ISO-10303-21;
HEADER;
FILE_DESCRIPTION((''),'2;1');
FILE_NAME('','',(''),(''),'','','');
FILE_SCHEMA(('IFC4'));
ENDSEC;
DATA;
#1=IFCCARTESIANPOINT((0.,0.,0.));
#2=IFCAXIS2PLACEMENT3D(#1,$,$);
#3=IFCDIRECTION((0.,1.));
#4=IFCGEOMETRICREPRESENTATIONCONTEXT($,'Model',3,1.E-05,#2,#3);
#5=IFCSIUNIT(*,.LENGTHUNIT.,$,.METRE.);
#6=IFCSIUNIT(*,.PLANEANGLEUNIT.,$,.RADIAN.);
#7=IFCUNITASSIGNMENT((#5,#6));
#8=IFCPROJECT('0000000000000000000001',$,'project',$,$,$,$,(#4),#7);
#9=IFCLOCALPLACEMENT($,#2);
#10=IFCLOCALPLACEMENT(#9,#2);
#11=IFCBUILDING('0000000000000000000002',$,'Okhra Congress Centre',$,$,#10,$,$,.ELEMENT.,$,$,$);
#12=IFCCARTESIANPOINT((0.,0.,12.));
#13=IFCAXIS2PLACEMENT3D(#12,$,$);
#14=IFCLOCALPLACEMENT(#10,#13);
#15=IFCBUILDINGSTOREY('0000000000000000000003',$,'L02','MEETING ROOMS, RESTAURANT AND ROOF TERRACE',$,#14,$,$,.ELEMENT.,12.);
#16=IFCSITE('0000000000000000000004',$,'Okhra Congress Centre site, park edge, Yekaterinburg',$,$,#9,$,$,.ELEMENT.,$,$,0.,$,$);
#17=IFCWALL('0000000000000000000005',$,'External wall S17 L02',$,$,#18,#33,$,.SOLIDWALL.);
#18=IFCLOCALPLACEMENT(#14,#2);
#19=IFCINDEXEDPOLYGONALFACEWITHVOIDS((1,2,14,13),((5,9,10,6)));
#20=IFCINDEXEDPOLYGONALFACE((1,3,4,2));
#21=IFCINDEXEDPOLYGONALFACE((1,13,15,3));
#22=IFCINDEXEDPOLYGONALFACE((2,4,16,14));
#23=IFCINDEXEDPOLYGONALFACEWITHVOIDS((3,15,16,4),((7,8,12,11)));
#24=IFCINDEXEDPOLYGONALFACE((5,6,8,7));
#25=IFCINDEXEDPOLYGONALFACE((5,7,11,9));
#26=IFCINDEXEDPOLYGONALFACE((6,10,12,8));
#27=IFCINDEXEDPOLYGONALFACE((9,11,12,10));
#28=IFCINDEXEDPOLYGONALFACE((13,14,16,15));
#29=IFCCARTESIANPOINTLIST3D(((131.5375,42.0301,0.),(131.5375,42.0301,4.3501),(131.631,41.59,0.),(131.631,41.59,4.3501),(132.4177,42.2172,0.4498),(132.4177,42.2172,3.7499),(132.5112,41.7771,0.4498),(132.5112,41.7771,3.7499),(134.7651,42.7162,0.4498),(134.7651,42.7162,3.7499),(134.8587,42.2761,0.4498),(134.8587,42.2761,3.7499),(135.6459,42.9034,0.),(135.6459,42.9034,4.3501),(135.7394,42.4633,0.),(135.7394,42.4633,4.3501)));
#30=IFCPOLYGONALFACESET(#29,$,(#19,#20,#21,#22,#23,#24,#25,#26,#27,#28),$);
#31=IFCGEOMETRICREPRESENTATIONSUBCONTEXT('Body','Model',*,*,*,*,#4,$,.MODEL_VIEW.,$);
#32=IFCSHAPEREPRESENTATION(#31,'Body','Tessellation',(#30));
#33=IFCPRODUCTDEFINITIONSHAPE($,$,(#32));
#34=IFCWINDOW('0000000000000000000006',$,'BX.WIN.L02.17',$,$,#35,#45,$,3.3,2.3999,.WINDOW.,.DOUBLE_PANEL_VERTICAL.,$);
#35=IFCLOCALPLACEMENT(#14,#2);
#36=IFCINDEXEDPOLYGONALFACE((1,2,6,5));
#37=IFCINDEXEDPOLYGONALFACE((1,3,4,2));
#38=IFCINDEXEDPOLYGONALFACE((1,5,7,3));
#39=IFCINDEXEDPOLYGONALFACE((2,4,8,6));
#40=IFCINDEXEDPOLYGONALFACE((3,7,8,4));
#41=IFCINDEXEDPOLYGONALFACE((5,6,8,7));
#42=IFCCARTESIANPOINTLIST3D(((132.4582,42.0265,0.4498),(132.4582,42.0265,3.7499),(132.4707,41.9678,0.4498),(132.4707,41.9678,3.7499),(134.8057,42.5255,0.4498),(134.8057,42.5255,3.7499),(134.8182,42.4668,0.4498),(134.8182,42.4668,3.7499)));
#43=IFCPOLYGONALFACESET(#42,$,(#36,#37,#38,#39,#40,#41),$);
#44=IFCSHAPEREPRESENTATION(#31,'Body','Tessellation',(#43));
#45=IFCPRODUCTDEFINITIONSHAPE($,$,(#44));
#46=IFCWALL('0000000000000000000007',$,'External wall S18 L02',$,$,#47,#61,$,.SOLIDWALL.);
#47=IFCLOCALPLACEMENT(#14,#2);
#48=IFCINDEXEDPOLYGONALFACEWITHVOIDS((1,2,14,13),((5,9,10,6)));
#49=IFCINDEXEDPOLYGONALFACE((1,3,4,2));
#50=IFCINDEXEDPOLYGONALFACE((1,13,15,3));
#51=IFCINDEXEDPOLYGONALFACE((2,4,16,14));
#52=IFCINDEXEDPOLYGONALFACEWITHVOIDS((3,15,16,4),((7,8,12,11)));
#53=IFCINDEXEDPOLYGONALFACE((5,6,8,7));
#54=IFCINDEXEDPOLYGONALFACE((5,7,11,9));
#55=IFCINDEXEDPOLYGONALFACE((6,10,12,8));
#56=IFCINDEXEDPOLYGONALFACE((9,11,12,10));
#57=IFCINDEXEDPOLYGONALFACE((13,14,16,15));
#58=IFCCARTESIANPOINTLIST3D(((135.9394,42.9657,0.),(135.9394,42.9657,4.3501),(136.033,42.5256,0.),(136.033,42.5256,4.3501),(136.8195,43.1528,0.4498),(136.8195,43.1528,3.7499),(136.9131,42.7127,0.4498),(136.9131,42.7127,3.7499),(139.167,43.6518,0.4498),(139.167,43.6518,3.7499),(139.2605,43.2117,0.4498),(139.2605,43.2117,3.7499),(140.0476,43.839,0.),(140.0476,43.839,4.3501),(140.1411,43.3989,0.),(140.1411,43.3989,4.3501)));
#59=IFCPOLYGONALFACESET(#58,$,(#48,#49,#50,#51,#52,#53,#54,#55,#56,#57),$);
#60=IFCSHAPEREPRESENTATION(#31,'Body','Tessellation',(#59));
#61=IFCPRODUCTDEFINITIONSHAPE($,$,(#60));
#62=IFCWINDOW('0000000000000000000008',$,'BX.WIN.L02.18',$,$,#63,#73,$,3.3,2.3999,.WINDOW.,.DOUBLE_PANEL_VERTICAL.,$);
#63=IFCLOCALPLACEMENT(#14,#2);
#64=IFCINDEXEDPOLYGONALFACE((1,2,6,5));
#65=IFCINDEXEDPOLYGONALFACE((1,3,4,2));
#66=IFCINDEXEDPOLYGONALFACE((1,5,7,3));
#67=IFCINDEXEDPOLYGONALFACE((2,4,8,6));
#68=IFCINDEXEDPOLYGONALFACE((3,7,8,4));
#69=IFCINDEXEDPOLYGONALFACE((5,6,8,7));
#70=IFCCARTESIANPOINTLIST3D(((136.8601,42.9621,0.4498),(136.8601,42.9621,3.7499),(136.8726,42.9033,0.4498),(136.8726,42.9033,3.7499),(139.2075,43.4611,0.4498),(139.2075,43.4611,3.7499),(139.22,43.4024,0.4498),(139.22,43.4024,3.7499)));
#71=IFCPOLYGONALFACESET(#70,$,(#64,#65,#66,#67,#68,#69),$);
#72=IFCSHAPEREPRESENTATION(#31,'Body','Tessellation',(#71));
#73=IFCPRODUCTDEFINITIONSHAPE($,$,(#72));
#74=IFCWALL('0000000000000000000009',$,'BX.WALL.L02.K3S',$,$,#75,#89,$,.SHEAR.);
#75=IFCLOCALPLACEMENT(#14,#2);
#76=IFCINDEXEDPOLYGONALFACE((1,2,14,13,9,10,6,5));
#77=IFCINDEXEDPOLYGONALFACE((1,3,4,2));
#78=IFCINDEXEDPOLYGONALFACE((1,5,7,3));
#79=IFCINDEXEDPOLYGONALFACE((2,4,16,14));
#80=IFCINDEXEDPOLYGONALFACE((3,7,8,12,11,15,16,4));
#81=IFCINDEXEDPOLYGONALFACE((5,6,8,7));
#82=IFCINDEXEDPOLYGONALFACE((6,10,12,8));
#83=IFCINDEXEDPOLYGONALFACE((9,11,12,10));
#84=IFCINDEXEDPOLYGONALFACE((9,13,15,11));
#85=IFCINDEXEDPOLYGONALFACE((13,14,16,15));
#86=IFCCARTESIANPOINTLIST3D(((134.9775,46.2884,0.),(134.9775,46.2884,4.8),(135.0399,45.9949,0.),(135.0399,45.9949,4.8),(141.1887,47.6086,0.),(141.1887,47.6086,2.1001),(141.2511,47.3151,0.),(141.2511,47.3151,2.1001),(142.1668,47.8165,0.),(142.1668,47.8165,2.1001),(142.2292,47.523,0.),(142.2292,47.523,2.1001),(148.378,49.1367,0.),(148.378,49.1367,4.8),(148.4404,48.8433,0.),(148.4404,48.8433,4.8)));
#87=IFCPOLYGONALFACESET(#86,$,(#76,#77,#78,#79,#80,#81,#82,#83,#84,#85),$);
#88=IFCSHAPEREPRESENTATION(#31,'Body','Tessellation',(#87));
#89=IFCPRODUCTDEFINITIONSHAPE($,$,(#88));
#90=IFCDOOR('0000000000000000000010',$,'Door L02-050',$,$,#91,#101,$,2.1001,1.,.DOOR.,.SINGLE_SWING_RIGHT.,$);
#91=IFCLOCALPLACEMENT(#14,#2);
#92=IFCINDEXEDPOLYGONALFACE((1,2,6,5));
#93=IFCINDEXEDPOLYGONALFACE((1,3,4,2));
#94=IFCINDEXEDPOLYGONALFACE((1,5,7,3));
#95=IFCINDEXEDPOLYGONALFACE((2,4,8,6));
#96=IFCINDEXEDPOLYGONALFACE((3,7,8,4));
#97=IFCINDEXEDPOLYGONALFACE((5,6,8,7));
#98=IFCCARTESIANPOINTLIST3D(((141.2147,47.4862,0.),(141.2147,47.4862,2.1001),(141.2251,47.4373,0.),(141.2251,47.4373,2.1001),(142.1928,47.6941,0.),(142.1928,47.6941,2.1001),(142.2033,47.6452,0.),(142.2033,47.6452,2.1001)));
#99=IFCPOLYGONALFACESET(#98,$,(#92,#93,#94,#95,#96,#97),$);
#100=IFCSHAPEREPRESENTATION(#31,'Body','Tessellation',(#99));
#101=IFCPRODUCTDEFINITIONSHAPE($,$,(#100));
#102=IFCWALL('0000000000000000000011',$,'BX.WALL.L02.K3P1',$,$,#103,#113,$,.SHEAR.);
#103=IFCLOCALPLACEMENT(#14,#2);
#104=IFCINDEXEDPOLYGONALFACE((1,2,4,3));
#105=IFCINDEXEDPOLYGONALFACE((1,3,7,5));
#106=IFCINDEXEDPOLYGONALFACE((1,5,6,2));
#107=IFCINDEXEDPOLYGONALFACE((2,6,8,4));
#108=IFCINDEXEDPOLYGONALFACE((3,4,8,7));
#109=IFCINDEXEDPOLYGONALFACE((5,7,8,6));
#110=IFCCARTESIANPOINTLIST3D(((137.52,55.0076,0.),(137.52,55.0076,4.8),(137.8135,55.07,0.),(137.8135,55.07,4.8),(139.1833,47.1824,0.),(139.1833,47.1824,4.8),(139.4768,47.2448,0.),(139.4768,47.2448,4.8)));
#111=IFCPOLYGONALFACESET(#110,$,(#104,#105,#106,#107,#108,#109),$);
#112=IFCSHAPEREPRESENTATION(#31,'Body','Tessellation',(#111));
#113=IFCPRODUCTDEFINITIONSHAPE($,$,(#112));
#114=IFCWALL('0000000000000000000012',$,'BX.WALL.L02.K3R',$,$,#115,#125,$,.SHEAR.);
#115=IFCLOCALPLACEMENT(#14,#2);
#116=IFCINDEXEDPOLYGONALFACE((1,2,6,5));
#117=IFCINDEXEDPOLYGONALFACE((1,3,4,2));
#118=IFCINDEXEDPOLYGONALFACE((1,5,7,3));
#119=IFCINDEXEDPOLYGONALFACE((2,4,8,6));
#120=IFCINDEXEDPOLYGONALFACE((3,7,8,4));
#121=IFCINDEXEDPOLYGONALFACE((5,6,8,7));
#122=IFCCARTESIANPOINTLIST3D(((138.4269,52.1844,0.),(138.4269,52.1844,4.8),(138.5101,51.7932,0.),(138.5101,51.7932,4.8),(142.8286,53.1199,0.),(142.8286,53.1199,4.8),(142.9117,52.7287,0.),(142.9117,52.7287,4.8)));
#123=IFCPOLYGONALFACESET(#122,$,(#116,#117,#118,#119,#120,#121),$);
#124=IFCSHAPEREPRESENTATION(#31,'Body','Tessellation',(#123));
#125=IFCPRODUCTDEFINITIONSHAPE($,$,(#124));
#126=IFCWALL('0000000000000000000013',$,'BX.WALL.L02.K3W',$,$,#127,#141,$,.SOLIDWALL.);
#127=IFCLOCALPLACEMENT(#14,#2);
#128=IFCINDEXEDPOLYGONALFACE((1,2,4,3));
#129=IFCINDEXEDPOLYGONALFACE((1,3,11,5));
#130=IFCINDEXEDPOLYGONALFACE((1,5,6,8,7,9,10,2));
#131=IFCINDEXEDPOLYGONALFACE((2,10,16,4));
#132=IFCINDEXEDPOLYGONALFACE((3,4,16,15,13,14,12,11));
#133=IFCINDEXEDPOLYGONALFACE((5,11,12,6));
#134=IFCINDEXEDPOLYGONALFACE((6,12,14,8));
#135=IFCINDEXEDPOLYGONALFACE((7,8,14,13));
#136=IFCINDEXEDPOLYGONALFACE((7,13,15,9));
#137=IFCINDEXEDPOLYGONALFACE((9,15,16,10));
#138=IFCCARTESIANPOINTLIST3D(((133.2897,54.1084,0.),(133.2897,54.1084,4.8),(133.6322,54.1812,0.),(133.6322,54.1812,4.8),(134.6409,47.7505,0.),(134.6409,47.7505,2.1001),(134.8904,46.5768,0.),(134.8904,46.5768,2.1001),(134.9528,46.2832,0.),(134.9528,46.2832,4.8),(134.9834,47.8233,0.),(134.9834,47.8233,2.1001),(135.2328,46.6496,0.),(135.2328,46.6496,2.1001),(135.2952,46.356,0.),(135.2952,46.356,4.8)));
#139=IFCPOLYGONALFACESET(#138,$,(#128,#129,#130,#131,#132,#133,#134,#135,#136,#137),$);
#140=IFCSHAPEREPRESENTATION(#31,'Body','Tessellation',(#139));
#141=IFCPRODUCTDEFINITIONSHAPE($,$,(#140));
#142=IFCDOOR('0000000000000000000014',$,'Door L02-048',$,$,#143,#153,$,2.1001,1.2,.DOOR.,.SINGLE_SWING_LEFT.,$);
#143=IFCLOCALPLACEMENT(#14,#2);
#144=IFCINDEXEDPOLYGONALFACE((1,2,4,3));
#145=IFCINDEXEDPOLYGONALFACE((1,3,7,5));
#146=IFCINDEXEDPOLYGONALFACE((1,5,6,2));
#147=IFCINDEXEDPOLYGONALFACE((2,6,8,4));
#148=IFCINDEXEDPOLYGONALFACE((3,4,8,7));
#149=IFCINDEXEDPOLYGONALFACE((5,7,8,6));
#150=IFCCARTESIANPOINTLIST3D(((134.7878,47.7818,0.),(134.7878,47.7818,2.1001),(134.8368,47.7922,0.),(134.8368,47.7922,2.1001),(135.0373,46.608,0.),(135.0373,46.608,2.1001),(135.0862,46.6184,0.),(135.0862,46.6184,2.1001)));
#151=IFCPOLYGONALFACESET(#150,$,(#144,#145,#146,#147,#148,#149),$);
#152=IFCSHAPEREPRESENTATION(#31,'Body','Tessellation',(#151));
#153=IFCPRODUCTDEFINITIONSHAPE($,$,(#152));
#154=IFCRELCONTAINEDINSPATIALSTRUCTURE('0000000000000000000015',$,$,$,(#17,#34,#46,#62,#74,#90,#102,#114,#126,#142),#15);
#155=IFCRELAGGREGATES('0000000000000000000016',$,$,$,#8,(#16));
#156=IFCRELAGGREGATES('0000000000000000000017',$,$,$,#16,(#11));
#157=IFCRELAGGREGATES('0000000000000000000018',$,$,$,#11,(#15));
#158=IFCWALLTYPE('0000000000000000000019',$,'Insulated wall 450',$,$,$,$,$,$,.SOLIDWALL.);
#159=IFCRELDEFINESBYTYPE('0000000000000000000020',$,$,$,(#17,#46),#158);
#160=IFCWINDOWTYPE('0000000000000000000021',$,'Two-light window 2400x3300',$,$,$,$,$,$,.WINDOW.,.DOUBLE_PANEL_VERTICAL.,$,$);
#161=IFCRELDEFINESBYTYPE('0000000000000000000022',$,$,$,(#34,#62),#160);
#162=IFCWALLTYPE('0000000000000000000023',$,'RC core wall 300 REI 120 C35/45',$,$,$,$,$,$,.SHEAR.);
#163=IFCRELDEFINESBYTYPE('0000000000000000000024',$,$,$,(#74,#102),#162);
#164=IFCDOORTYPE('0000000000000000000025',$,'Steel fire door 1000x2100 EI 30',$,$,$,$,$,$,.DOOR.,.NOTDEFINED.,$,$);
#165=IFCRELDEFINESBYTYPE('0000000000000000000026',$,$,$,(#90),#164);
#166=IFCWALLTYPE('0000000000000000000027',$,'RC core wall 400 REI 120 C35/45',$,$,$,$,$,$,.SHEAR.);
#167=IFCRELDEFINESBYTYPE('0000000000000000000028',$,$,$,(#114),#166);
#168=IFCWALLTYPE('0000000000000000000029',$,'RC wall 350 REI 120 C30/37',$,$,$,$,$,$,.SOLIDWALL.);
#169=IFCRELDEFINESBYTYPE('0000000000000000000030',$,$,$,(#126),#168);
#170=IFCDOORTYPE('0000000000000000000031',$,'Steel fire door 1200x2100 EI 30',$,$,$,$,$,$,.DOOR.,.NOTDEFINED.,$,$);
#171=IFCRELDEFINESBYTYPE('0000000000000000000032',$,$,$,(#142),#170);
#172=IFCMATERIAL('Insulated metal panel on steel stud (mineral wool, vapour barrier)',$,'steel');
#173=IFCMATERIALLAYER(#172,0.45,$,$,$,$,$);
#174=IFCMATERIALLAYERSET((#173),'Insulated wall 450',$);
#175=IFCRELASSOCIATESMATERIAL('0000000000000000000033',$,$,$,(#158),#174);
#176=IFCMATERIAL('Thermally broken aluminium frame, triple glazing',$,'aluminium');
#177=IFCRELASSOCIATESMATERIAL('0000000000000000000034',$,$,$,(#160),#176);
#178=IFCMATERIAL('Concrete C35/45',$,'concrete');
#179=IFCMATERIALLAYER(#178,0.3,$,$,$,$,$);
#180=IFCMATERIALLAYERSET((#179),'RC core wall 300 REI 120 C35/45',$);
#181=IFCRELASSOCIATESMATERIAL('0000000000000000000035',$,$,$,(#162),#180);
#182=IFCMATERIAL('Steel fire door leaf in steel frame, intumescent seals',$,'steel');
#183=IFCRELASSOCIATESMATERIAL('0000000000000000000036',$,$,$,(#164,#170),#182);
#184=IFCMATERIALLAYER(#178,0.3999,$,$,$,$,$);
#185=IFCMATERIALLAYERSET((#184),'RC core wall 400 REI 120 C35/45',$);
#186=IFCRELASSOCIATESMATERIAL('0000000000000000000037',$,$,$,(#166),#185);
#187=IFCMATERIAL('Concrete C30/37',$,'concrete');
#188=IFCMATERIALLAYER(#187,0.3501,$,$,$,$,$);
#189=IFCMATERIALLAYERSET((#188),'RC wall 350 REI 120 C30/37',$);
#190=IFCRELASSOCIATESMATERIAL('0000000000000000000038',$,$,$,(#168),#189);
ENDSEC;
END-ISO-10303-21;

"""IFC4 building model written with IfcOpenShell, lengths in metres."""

from ifc_helpers import new_model, si_unit, direction, frame, frame_2d, origin, place, context, subcontext, project, spatial, rectangle, extrude, material, layer, layer_set, type_object, element, fill, save


model = new_model("IFC4")

# Units and contexts
model_context = context("Model", 3, precision=1e-05, world=origin(), true_north=direction((0.0, 1.0)))
body_context = subcontext(model_context, "Body", "Model", "MODEL_VIEW")
ifc_project = project(units=[si_unit("LENGTHUNIT", "METRE"), si_unit("PLANEANGLEUNIT", "RADIAN")], contexts=[model_context])

# Site, building, storey
site_placement = place(None, origin())
site = spatial("IfcSite", under=ifc_project, at=site_placement, Name="Okhra Congress Centre site, park edge, Yekaterinburg", CompositionType="ELEMENT", RefElevation=0.0)
building_placement = place(site_placement, origin())
building = spatial("IfcBuilding", under=site, at=building_placement, Name="Okhra Congress Centre", CompositionType="ELEMENT")
storey_placement = place(building_placement, frame((0.0, 0.0, 12.0)))
storey = spatial("IfcBuildingStorey", under=building, at=storey_placement, Name="L02", Description="MEETING ROOMS, RESTAURANT AND ROOF TERRACE", CompositionType="ELEMENT", Elevation=12.0)

# Walls, openings, windows
ifc_material_1 = material(Name="Insulated metal panel on steel stud (mineral wool, vapour barrier)", Category="steel")
ifc_layer_1 = layer(ifc_material_1, 0.45)
ifc_layer_set_1 = layer_set([ifc_layer_1], Name="Insulated wall 450")
wall_type_1 = type_object("IfcWallType", Name="Insulated wall 450", PredefinedType="SOLIDWALL", material=ifc_layer_set_1)
ifc_material_2 = material(Name="Thermally broken aluminium frame, triple glazing", Category="aluminium")
window_type = type_object("IfcWindowType", Name="Two-light window 2400x3300", PartitioningType="DOUBLE_PANEL_VERTICAL", PredefinedType="WINDOW", material=ifc_material_2)
wall_1_placement = place(storey_placement, frame((131.5842, 41.8101, 0.0), z_axis=(0.0, 0.0, 1.0), x_axis=(0.978146, 0.207917, 0.0)))
wall_1 = element("IfcWall", 1, at=wall_1_placement, inside=storey, type_object=wall_type_1, Name="External wall S17 L02", PredefinedType="SOLIDWALL", context=body_context, shape_type="SweptSolid", body=[
    extrude(rectangle(XDim=4.2002, YDim=0.45, at=frame_2d((2.1001, 0.0))), origin(), (0.0, 0.0, 1.0), 4.3501),
])
opening_1_placement = place(wall_1_placement, frame((0.8999, 0.0, 0.45)))
opening_1 = element("IfcOpeningElement", 2, at=opening_1_placement, cuts=wall_1, PredefinedType="OPENING", context=body_context, shape_type="SweptSolid", body=[
    extrude(rectangle(XDim=2.3999, YDim=3.3, at=frame_2d((1.2, 1.6499))), frame((0.0, 0.2349, 0.0), z_axis=(0.0, -1.0, 0.0), x_axis=(1.0, 0.0, 0.0)), (0.0, 0.0, 1.0), 0.47),
])
window_1_placement = place(opening_1_placement, origin())
window_1 = element("IfcWindow", 3, at=window_1_placement, inside=storey, type_object=window_type, Name="BX.WIN.L02.17", OverallHeight=3.3, OverallWidth=2.3999, PartitioningType="DOUBLE_PANEL_VERTICAL", PredefinedType="WINDOW", context=body_context, shape_type="SweptSolid", body=[
    extrude(rectangle(XDim=2.3999, YDim=3.3, at=frame_2d((1.2, 1.6499))), frame((0.0, 0.03, 0.0), z_axis=(0.0, -1.0, 0.0), x_axis=(1.0, 0.0, 0.0)), (0.0, 0.0, 1.0), 0.0601),
])
fill(opening_1, window_1)
wall_2_placement = place(storey_placement, frame((135.9861, 42.7456, 0.0), z_axis=(0.0, 0.0, 1.0), x_axis=(0.978144, 0.207929, 0.0)))
wall_2 = element("IfcWall", 4, at=wall_2_placement, inside=storey, type_object=wall_type_1, Name="External wall S18 L02", PredefinedType="SOLIDWALL", context=body_context, shape_type="SweptSolid", body=[
    extrude(rectangle(XDim=4.2, YDim=0.45, at=frame_2d((2.1001, 0.0))), origin(), (0.0, 0.0, 1.0), 4.3501),
])
opening_2_placement = place(wall_2_placement, frame((0.8999, 0.0, 0.45)))
opening_2 = element("IfcOpeningElement", 5, at=opening_2_placement, cuts=wall_2, PredefinedType="OPENING", context=body_context, shape_type="SweptSolid", body=[
    extrude(rectangle(XDim=2.3999, YDim=3.3, at=frame_2d((1.2, 1.6499))), frame((0.0, 0.2349, 0.0), z_axis=(0.0, -1.0, 0.0), x_axis=(1.0, 0.0, 0.0)), (0.0, 0.0, 1.0), 0.47),
])
window_2_placement = place(opening_2_placement, origin())
window_2 = element("IfcWindow", 6, at=window_2_placement, inside=storey, type_object=window_type, Name="BX.WIN.L02.18", OverallHeight=3.3, OverallWidth=2.3999, PartitioningType="DOUBLE_PANEL_VERTICAL", PredefinedType="WINDOW", context=body_context, shape_type="SweptSolid", body=[
    extrude(rectangle(XDim=2.3999, YDim=3.3, at=frame_2d((1.2, 1.6499))), frame((0.0, 0.03, 0.0), z_axis=(0.0, -1.0, 0.0), x_axis=(1.0, 0.0, 0.0)), (0.0, 0.0, 1.0), 0.0601),
])
fill(opening_2, window_2)

# Wall, opening, door
ifc_material_3 = material(Name="Concrete C35/45", Category="concrete")
ifc_layer_2 = layer(ifc_material_3, 0.3)
ifc_layer_set_2 = layer_set([ifc_layer_2], Name="RC core wall 300 REI 120 C35/45")
wall_type_2 = type_object("IfcWallType", Name="RC core wall 300 REI 120 C35/45", PredefinedType="SHEAR", material=ifc_layer_set_2)
wall_3_placement = place(storey_placement, frame((135.0085, 46.1416, 0.0), z_axis=(0.0, 0.0, 1.0), x_axis=(0.978148, 0.207911, 0.0)))
wall_3 = element("IfcWall", 7, at=wall_3_placement, inside=storey, type_object=wall_type_2, Name="BX.WALL.L02.K3S", PredefinedType="SHEAR", context=body_context, shape_type="SweptSolid", body=[
    extrude(rectangle(XDim=13.7, YDim=0.3, at=frame_2d((6.8501, 0.0))), origin(), (0.0, 0.0, 1.0), 4.8),
])
opening_3_placement = place(wall_3_placement, frame((6.3501, 0.0, 0.0)))
opening_3 = element("IfcOpeningElement", 8, at=opening_3_placement, cuts=wall_3, PredefinedType="OPENING", context=body_context, shape_type="SweptSolid", body=[
    extrude(rectangle(XDim=1.0, YDim=2.1001, at=frame_2d((0.5, 1.05))), frame((0.0, 0.1599, 0.0), z_axis=(0.0, -1.0, 0.0), x_axis=(1.0, 0.0, 0.0)), (0.0, 0.0, 1.0), 0.3201),
])
ifc_material_4 = material(Name="Steel fire door leaf in steel frame, intumescent seals", Category="steel")
door_type_1 = type_object("IfcDoorType", Name="Steel fire door 1000x2100 EI 30", OperationType="NOTDEFINED", PredefinedType="DOOR", material=ifc_material_4)
door_1_placement = place(opening_3_placement, origin())
door_1 = element("IfcDoor", 9, at=door_1_placement, inside=storey, type_object=door_type_1, Name="Door L02-050", OperationType="SINGLE_SWING_RIGHT", OverallHeight=2.1001, OverallWidth=1.0, PredefinedType="DOOR", context=body_context, shape_type="SweptSolid", body=[
    extrude(rectangle(XDim=1.0, YDim=2.1001, at=frame_2d((0.5, 1.05))), frame((0.0, 0.0249, 0.0), z_axis=(0.0, -1.0, 0.0), x_axis=(1.0, 0.0, 0.0)), (0.0, 0.0, 1.0), 0.05),
])
fill(opening_3, door_1)

# Walls
wall_4_placement = place(storey_placement, frame((139.3301, 47.2136, 0.0), z_axis=(0.0, 0.0, 1.0), x_axis=(-0.207916, 0.978147, 0.0)))
element("IfcWall", 10, at=wall_4_placement, inside=storey, type_object=wall_type_2, Name="BX.WALL.L02.K3P1", PredefinedType="SHEAR", context=body_context, shape_type="SweptSolid", body=[
    extrude(rectangle(XDim=8.0, YDim=0.3, at=frame_2d((4.0, 0.0))), origin(), (0.0, 0.0, 1.0), 4.8),
])
ifc_layer_3 = layer(ifc_material_3, 0.3999)
ifc_layer_set_3 = layer_set([ifc_layer_3], Name="RC core wall 400 REI 120 C35/45")
wall_type_3 = type_object("IfcWallType", Name="RC core wall 400 REI 120 C35/45", PredefinedType="SHEAR", material=ifc_layer_set_3)
wall_5_placement = place(storey_placement, frame((138.4685, 51.9888, 0.0), z_axis=(0.0, 0.0, 1.0), x_axis=(0.97815, 0.207902, 0.0)))
element("IfcWall", 11, at=wall_5_placement, inside=storey, type_object=wall_type_3, Name="BX.WALL.L02.K3R", PredefinedType="SHEAR", context=body_context, shape_type="SweptSolid", body=[
    extrude(rectangle(XDim=4.5, YDim=0.3999, at=frame_2d((2.25, 0.0))), origin(), (0.0, 0.0, 1.0), 4.8),
])

# Wall, opening, door
ifc_material_5 = material(Name="Concrete C30/37", Category="concrete")
ifc_layer_4 = layer(ifc_material_5, 0.3501)
ifc_layer_set_4 = layer_set([ifc_layer_4], Name="RC wall 350 REI 120 C30/37")
wall_type_4 = type_object("IfcWallType", Name="RC wall 350 REI 120 C30/37", PredefinedType="SOLIDWALL", material=ifc_layer_set_4)
wall_6_placement = place(storey_placement, frame((135.124, 46.3196, 0.0), z_axis=(0.0, 0.0, 1.0), x_axis=(-0.207886, 0.978153, 0.0)))
wall_6 = element("IfcWall", 12, at=wall_6_placement, inside=storey, type_object=wall_type_4, Name="BX.WALL.L02.K3W", PredefinedType="SOLIDWALL", context=body_context, shape_type="SweptSolid", body=[
    extrude(rectangle(XDim=8.0, YDim=0.3501, at=frame_2d((4.0, 0.0))), origin(), (0.0, 0.0, 1.0), 4.8),
])
opening_4_placement = place(wall_6_placement, frame((0.3, 0.0, 0.0)))
opening_4 = element("IfcOpeningElement", 13, at=opening_4_placement, cuts=wall_6, PredefinedType="OPENING", context=body_context, shape_type="SweptSolid", body=[
    extrude(rectangle(XDim=1.2, YDim=2.1001, at=frame_2d((0.6001, 1.05))), frame((0.0, 0.1851, 0.0), z_axis=(0.0, -1.0, 0.0), x_axis=(1.0, 0.0, 0.0)), (0.0, 0.0, 1.0), 0.3701),
])
door_type_2 = type_object("IfcDoorType", Name="Steel fire door 1200x2100 EI 30", OperationType="NOTDEFINED", PredefinedType="DOOR", material=ifc_material_4)
door_2_placement = place(opening_4_placement, origin())
door_2 = element("IfcDoor", 14, at=door_2_placement, inside=storey, type_object=door_type_2, Name="Door L02-048", OperationType="SINGLE_SWING_LEFT", OverallHeight=2.1001, OverallWidth=1.2, PredefinedType="DOOR", context=body_context, shape_type="SweptSolid", body=[
    extrude(rectangle(XDim=1.2, YDim=2.1001, at=frame_2d((0.6001, 1.05))), frame((0.0, 0.0249, 0.0), z_axis=(0.0, -1.0, 0.0), x_axis=(1.0, 0.0, 0.0)), (0.0, 0.0, 1.0), 0.05),
])
fill(opening_4, door_2)

save(model, "model.ifc")
